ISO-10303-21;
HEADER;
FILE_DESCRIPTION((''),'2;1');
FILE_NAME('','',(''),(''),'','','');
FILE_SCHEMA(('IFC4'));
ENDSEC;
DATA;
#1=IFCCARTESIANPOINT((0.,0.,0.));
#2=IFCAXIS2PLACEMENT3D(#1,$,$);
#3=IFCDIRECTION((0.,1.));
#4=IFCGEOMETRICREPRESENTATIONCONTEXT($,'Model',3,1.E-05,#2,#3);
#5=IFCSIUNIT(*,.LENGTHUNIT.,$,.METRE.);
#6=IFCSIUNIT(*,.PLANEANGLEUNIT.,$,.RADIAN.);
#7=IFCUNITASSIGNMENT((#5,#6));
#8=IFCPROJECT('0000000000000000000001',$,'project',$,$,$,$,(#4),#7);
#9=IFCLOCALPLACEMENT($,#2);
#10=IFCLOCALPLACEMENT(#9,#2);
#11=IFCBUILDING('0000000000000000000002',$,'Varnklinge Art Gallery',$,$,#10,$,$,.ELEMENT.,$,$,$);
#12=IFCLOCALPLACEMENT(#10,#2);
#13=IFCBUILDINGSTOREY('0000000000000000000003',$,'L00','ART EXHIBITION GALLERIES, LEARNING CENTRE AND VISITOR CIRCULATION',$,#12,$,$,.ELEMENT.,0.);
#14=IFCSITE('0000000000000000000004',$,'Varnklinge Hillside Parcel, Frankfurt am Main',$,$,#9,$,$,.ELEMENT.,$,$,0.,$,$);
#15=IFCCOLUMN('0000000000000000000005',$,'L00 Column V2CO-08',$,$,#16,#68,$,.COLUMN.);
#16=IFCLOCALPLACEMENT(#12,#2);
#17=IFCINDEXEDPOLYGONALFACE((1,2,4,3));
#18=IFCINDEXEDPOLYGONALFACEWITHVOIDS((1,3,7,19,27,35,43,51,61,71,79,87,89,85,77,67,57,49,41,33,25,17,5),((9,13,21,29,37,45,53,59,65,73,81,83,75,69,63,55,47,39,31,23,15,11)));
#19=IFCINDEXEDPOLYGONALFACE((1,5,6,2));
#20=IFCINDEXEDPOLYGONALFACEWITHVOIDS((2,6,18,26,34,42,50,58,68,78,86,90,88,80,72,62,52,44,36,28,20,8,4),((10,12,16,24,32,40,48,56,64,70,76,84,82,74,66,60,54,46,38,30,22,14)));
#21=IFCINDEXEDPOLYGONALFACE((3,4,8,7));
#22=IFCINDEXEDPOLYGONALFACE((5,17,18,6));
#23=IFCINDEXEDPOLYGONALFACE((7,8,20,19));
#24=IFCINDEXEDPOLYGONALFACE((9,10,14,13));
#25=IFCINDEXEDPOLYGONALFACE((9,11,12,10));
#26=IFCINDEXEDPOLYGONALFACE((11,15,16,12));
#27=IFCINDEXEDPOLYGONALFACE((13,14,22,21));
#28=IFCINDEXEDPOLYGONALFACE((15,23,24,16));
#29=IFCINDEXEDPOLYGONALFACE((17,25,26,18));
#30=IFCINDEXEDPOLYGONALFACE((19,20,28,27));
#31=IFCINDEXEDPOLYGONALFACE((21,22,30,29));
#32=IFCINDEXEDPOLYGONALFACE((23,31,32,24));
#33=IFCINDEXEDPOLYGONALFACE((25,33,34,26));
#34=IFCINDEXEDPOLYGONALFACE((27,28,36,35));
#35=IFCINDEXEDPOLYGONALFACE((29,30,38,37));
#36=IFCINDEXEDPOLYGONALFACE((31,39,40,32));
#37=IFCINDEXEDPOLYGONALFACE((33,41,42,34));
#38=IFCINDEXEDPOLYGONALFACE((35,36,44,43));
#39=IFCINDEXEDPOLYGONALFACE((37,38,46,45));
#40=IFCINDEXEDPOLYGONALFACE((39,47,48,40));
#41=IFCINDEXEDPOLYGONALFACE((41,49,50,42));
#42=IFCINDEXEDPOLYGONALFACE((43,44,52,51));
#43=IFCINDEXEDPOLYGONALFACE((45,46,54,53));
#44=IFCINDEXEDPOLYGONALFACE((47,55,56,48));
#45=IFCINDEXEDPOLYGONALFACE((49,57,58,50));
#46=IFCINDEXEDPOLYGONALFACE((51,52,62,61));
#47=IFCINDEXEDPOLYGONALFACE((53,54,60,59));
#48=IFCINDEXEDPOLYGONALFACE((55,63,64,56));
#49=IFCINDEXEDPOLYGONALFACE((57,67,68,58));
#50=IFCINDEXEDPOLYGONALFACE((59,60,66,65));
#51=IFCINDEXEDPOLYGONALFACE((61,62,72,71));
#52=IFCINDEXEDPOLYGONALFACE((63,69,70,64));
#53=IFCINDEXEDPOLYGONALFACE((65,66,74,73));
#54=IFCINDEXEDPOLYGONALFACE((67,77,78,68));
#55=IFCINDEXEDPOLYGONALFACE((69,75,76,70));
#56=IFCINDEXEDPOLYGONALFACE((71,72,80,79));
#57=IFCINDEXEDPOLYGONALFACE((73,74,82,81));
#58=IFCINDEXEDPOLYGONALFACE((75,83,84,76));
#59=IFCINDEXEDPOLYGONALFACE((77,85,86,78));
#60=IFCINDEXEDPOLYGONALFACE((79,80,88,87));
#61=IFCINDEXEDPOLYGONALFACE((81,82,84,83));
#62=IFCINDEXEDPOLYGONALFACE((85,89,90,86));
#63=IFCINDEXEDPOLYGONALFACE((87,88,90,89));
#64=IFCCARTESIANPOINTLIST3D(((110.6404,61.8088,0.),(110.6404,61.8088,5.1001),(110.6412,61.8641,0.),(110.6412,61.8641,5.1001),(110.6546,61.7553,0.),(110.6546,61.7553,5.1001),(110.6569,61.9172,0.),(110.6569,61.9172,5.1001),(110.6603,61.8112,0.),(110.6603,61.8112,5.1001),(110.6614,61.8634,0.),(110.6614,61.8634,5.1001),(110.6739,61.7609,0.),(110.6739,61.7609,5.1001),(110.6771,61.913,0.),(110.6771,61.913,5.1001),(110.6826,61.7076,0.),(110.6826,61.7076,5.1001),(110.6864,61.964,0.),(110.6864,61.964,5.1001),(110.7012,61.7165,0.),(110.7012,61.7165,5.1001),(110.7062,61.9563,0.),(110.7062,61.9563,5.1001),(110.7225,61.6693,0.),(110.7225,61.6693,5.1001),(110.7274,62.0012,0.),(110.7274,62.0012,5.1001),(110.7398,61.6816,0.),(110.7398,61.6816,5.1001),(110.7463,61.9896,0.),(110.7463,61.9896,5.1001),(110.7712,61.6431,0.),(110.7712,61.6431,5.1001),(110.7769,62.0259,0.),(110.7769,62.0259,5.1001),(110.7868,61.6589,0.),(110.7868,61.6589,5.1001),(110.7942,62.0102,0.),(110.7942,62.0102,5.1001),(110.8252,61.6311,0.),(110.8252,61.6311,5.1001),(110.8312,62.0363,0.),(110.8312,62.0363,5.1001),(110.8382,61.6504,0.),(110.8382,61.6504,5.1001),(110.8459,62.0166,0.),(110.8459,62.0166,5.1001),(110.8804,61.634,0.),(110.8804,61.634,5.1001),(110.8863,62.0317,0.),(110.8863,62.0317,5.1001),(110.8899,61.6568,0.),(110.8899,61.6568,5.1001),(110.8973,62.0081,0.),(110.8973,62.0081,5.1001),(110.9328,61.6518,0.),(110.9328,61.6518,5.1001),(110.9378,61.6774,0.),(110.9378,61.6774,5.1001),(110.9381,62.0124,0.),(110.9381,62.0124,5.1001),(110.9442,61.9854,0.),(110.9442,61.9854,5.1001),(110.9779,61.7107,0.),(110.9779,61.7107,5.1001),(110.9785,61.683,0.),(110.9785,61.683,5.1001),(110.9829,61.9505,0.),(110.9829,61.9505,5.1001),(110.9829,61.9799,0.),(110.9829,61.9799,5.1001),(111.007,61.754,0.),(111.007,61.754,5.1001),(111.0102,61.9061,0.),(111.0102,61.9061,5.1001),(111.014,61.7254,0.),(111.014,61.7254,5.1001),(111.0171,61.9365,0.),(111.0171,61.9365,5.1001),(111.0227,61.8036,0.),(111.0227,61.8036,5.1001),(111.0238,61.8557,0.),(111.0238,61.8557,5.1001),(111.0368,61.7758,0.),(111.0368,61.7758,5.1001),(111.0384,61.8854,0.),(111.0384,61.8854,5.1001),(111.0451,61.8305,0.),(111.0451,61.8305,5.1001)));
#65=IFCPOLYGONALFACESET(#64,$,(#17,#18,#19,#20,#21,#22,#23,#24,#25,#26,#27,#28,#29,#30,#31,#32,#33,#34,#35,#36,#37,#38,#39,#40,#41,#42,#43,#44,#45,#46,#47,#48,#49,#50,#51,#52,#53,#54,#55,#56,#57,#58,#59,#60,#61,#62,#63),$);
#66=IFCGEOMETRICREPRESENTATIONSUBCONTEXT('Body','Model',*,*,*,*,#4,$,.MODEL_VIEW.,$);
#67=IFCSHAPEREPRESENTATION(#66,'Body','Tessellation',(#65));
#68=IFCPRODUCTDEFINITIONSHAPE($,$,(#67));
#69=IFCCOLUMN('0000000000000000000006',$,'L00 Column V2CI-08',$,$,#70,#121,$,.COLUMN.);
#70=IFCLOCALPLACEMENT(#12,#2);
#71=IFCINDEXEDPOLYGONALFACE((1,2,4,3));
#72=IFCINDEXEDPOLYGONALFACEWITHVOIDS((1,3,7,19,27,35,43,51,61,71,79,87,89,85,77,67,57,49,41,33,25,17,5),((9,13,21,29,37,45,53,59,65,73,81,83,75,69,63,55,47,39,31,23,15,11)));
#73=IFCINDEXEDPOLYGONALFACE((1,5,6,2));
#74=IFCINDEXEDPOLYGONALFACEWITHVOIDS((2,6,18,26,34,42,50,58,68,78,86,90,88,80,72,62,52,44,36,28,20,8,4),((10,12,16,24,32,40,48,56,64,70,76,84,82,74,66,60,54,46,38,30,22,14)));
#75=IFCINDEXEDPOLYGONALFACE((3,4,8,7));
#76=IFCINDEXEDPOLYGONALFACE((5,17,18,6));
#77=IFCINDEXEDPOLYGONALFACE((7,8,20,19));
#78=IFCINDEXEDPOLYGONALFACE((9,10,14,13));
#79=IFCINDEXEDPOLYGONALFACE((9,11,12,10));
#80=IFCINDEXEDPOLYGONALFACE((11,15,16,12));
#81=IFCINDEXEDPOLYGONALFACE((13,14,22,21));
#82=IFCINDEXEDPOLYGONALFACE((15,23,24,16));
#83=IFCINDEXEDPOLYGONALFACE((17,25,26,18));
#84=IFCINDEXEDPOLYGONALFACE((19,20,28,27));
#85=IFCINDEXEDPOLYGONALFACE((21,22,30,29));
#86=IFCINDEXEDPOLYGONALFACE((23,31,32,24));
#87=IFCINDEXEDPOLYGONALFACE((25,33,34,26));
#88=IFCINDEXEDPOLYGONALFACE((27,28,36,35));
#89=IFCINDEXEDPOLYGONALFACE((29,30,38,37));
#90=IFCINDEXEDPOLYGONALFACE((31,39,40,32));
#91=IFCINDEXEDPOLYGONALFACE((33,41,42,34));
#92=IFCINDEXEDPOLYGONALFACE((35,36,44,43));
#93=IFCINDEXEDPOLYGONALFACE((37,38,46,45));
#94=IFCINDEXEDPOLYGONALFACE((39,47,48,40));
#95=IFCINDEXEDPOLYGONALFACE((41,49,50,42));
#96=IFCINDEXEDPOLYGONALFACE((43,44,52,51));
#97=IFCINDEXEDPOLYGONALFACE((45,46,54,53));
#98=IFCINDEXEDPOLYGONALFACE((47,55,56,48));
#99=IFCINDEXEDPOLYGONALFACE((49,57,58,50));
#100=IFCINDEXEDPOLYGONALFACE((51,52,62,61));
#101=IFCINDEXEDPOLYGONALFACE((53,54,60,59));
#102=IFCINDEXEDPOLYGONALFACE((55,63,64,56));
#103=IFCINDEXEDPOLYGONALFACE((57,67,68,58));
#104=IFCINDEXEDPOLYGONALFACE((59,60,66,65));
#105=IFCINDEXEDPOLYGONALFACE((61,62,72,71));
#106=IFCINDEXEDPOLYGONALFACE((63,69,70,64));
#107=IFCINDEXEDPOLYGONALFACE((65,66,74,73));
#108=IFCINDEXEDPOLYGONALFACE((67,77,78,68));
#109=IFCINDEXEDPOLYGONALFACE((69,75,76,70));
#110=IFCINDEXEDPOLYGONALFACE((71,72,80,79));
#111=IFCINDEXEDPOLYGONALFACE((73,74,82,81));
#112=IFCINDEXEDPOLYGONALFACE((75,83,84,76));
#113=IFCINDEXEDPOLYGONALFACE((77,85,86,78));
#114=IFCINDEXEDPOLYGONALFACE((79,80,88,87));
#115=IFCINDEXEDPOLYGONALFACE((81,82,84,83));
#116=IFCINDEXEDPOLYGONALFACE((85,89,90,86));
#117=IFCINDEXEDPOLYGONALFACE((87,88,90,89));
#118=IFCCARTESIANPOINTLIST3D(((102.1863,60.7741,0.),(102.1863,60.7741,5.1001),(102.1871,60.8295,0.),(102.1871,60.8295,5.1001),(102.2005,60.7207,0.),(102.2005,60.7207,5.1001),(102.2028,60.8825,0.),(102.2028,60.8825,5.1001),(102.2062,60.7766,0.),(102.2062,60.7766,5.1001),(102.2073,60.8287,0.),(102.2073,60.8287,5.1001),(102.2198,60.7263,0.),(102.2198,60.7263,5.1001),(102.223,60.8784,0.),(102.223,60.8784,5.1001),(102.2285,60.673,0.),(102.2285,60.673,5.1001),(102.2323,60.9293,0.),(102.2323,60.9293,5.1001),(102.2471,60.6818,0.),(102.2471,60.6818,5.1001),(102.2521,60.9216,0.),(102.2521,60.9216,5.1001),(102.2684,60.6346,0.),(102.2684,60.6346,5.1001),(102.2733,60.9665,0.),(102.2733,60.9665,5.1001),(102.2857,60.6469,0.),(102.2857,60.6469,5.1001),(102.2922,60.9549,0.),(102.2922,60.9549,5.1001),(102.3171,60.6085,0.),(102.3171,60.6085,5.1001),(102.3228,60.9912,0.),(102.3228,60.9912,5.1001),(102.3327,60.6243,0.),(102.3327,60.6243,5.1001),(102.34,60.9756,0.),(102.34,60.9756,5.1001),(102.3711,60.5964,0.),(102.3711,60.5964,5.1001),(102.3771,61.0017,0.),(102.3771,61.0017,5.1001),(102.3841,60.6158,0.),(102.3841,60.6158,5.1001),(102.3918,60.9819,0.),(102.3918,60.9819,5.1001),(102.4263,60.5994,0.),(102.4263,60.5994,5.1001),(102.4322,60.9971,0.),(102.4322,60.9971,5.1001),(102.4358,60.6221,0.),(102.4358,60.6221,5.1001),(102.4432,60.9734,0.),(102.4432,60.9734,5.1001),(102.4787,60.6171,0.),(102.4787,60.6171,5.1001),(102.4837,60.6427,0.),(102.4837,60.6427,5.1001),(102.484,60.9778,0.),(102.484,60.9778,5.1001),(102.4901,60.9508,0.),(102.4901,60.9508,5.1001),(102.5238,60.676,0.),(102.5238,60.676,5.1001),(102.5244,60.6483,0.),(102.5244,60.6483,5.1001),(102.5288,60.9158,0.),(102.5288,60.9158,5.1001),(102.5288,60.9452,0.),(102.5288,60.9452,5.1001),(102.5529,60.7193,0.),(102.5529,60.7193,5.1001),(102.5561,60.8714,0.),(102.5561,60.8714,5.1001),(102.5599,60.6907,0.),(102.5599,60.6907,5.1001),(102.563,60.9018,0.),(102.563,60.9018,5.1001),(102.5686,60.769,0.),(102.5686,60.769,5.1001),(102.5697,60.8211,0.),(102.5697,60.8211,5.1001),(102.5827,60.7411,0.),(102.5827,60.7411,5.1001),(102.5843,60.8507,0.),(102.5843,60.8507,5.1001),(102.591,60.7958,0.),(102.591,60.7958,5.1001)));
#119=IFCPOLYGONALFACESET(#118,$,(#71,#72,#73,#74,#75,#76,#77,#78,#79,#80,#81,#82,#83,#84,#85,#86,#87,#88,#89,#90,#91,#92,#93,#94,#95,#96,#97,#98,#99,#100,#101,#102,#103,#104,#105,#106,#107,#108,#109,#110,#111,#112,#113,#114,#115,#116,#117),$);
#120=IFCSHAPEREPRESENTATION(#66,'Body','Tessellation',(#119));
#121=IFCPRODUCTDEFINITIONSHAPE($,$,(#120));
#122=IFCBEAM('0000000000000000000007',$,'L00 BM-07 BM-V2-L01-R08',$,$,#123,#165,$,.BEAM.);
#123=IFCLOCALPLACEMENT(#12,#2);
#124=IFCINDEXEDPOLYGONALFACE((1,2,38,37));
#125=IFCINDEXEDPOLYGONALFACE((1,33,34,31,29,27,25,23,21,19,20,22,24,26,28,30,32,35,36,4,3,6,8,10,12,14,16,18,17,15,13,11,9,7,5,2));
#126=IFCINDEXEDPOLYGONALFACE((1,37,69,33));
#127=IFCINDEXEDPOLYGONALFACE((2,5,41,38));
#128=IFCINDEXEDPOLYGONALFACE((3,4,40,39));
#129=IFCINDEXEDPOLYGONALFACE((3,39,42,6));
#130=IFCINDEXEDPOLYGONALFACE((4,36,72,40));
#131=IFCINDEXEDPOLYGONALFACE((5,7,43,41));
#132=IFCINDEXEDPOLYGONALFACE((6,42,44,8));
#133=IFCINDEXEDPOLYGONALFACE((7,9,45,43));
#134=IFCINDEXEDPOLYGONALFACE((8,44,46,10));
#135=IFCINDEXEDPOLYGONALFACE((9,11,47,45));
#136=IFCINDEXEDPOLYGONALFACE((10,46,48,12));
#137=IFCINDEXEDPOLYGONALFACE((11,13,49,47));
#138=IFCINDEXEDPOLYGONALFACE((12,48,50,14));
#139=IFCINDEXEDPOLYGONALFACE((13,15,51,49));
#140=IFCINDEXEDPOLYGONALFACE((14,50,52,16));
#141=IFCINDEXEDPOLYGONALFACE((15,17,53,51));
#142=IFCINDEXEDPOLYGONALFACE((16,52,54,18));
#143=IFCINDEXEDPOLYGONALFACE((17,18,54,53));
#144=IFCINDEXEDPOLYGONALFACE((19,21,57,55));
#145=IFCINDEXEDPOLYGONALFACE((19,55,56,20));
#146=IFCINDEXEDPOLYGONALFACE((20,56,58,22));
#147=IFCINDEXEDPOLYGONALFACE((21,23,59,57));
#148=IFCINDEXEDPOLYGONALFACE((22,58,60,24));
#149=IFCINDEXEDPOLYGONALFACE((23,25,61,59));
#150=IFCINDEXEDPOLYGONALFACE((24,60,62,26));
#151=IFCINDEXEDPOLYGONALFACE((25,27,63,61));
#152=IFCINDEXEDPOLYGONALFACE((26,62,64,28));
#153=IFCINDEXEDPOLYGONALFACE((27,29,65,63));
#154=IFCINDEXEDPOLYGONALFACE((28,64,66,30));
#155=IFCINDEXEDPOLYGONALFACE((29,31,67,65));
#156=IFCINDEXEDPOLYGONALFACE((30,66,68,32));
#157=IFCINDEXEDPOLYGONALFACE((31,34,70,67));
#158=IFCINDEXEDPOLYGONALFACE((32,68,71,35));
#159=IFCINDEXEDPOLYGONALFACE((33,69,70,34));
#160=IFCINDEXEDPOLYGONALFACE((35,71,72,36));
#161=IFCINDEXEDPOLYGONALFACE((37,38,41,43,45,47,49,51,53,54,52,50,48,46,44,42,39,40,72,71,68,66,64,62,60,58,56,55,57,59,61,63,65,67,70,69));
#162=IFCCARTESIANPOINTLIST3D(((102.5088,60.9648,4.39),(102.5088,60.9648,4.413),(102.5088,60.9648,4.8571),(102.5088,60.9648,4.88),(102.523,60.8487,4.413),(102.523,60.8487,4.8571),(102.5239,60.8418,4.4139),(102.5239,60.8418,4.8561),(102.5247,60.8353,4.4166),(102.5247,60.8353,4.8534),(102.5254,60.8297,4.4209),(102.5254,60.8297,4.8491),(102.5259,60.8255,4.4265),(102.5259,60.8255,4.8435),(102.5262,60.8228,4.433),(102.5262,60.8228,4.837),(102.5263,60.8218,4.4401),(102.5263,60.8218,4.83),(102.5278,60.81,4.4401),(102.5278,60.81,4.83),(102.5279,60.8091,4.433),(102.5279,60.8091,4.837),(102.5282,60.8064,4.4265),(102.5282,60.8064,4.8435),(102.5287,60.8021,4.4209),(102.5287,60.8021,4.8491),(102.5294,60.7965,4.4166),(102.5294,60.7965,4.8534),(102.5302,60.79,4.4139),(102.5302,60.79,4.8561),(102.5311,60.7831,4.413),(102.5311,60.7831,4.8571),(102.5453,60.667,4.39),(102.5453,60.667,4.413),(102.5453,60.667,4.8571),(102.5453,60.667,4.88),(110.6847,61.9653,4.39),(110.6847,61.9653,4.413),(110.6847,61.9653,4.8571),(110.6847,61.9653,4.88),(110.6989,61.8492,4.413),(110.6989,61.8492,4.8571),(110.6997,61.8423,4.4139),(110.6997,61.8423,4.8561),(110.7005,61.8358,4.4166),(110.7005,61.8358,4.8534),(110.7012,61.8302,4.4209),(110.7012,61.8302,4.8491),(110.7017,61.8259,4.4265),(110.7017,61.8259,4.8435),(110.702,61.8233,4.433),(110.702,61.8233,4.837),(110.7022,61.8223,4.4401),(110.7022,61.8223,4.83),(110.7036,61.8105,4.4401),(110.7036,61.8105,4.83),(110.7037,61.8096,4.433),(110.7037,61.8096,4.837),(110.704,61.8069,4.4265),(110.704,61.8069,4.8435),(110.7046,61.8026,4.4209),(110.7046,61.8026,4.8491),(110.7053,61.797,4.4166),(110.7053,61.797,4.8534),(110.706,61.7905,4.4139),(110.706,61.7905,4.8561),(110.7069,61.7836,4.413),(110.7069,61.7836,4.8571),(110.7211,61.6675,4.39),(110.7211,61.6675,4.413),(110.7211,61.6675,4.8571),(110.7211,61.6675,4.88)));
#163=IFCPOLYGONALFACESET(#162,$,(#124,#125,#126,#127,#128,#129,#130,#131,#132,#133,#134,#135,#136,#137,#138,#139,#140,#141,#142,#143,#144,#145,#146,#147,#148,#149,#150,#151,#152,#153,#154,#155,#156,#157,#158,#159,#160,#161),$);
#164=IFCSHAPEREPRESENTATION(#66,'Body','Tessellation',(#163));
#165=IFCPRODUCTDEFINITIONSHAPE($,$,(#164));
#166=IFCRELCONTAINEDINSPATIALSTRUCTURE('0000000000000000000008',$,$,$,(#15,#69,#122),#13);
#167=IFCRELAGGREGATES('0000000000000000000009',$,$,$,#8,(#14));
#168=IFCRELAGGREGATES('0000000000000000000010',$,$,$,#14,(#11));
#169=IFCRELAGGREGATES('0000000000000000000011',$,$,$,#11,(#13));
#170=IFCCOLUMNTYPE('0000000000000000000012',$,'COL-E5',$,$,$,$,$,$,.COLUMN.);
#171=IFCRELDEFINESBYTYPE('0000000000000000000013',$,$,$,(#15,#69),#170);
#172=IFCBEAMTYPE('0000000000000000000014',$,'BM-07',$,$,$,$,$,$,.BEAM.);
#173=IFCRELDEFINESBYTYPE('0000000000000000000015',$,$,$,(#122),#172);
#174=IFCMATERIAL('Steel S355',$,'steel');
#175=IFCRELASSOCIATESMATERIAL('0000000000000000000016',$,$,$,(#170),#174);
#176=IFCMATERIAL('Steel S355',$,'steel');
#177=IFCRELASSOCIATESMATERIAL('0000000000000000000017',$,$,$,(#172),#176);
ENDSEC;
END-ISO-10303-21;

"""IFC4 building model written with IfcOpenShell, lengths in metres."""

from ifc_helpers import new_model, si_unit, direction, frame, origin, origin_2d, place, context, subcontext, project, spatial, hollow_circle, i_section, extrude, material, material_profile, profile_set, type_object, element, save


model = new_model("IFC4")

# Units and contexts
model_context = context("Model", 3, precision=1e-05, world=origin(), true_north=direction((0.0, 1.0)))
body_context = subcontext(model_context, "Body", "Model", "MODEL_VIEW")
ifc_project = project(units=[si_unit("LENGTHUNIT", "METRE"), si_unit("PLANEANGLEUNIT", "RADIAN")], contexts=[model_context])

# Site, building, storey
site_placement = place(None, origin())
site = spatial("IfcSite", under=ifc_project, at=site_placement, Name="Varnklinge Hillside Parcel, Frankfurt am Main", CompositionType="ELEMENT", RefElevation=0.0)
building_placement = place(site_placement, origin())
building = spatial("IfcBuilding", under=site, at=building_placement, Name="Varnklinge Art Gallery", CompositionType="ELEMENT")
storey_placement = place(building_placement, origin())
storey = spatial("IfcBuildingStorey", under=building, at=storey_placement, Name="L00", Description="ART EXHIBITION GALLERIES, LEARNING CENTRE AND VISITOR CIRCULATION", CompositionType="ELEMENT", Elevation=0.0)

# Columns
ifc_material_1 = material(Name="Steel S355", Category="steel")
ifc_material_profile_1 = material_profile(ifc_material_1, hollow_circle(Radius=0.2031, WallThickness=0.02, at=origin_2d()), Name="CHS 406.4x20")
ifc_profile_set_1 = profile_set([ifc_material_profile_1], Name="Steel S355")
column_type = type_object("IfcColumnType", Name="COL-E5", PredefinedType="COLUMN", material=ifc_profile_set_1)
for number, where, z_axis, x_axis, name in (
    (1, (110.842, 61.8335, 0.0), (0.0, 0.0, 1.0), (-0.992589, -0.121523, 0.0), "L00 Column V2CO-08"),
    (2, (102.3879, 60.7988, 0.0), (0.0, 0.0, 1.0), (-0.992589, -0.121523, 0.0), "L00 Column V2CI-08"),
):
    element("IfcColumn", number, at=place(storey_placement, frame(where, z_axis=z_axis, x_axis=x_axis)), inside=storey, type_object=column_type, Name=name, PredefinedType="COLUMN", context=body_context, shape_type="SweptSolid", body=[
        extrude(hollow_circle(Radius=0.2031, WallThickness=0.02, at=origin_2d()), origin(), (0.0, 0.0, 1.0), 5.1001),
    ])

# Beam
ifc_material_2 = material(Name="Steel S355", Category="steel")
ifc_material_profile_2 = material_profile(ifc_material_2, i_section(OverallWidth=0.3, OverallDepth=0.49, WebThickness=0.012, FlangeThickness=0.0229, FilletRadius=0.0271, at=origin_2d()), Name="HEA 500")
ifc_profile_set_2 = profile_set([ifc_material_profile_2], Name="Steel S355")
beam_type_1 = type_object("IfcBeamType", Name="BM-07", PredefinedType="BEAM", material=ifc_profile_set_2)
beam_1_placement = place(storey_placement, frame((110.7029, 61.8164, 4.635), z_axis=(-0.992596, -0.121466, 0.0), x_axis=(0.121466, -0.992596, 0.0)))
element("IfcBeam", 3, at=beam_1_placement, inside=storey, type_object=beam_type_1, Name="L00 BM-07 BM-V2-L01-R08", PredefinedType="BEAM", context=body_context, shape_type="SweptSolid", body=[
    extrude(i_section(OverallWidth=0.3, OverallDepth=0.49, WebThickness=0.012, FlangeThickness=0.0229, FilletRadius=0.0271, at=origin_2d()), origin(), (0.0, 0.0, 1.0), 8.2368),
])

save(model, "model.ifc")
